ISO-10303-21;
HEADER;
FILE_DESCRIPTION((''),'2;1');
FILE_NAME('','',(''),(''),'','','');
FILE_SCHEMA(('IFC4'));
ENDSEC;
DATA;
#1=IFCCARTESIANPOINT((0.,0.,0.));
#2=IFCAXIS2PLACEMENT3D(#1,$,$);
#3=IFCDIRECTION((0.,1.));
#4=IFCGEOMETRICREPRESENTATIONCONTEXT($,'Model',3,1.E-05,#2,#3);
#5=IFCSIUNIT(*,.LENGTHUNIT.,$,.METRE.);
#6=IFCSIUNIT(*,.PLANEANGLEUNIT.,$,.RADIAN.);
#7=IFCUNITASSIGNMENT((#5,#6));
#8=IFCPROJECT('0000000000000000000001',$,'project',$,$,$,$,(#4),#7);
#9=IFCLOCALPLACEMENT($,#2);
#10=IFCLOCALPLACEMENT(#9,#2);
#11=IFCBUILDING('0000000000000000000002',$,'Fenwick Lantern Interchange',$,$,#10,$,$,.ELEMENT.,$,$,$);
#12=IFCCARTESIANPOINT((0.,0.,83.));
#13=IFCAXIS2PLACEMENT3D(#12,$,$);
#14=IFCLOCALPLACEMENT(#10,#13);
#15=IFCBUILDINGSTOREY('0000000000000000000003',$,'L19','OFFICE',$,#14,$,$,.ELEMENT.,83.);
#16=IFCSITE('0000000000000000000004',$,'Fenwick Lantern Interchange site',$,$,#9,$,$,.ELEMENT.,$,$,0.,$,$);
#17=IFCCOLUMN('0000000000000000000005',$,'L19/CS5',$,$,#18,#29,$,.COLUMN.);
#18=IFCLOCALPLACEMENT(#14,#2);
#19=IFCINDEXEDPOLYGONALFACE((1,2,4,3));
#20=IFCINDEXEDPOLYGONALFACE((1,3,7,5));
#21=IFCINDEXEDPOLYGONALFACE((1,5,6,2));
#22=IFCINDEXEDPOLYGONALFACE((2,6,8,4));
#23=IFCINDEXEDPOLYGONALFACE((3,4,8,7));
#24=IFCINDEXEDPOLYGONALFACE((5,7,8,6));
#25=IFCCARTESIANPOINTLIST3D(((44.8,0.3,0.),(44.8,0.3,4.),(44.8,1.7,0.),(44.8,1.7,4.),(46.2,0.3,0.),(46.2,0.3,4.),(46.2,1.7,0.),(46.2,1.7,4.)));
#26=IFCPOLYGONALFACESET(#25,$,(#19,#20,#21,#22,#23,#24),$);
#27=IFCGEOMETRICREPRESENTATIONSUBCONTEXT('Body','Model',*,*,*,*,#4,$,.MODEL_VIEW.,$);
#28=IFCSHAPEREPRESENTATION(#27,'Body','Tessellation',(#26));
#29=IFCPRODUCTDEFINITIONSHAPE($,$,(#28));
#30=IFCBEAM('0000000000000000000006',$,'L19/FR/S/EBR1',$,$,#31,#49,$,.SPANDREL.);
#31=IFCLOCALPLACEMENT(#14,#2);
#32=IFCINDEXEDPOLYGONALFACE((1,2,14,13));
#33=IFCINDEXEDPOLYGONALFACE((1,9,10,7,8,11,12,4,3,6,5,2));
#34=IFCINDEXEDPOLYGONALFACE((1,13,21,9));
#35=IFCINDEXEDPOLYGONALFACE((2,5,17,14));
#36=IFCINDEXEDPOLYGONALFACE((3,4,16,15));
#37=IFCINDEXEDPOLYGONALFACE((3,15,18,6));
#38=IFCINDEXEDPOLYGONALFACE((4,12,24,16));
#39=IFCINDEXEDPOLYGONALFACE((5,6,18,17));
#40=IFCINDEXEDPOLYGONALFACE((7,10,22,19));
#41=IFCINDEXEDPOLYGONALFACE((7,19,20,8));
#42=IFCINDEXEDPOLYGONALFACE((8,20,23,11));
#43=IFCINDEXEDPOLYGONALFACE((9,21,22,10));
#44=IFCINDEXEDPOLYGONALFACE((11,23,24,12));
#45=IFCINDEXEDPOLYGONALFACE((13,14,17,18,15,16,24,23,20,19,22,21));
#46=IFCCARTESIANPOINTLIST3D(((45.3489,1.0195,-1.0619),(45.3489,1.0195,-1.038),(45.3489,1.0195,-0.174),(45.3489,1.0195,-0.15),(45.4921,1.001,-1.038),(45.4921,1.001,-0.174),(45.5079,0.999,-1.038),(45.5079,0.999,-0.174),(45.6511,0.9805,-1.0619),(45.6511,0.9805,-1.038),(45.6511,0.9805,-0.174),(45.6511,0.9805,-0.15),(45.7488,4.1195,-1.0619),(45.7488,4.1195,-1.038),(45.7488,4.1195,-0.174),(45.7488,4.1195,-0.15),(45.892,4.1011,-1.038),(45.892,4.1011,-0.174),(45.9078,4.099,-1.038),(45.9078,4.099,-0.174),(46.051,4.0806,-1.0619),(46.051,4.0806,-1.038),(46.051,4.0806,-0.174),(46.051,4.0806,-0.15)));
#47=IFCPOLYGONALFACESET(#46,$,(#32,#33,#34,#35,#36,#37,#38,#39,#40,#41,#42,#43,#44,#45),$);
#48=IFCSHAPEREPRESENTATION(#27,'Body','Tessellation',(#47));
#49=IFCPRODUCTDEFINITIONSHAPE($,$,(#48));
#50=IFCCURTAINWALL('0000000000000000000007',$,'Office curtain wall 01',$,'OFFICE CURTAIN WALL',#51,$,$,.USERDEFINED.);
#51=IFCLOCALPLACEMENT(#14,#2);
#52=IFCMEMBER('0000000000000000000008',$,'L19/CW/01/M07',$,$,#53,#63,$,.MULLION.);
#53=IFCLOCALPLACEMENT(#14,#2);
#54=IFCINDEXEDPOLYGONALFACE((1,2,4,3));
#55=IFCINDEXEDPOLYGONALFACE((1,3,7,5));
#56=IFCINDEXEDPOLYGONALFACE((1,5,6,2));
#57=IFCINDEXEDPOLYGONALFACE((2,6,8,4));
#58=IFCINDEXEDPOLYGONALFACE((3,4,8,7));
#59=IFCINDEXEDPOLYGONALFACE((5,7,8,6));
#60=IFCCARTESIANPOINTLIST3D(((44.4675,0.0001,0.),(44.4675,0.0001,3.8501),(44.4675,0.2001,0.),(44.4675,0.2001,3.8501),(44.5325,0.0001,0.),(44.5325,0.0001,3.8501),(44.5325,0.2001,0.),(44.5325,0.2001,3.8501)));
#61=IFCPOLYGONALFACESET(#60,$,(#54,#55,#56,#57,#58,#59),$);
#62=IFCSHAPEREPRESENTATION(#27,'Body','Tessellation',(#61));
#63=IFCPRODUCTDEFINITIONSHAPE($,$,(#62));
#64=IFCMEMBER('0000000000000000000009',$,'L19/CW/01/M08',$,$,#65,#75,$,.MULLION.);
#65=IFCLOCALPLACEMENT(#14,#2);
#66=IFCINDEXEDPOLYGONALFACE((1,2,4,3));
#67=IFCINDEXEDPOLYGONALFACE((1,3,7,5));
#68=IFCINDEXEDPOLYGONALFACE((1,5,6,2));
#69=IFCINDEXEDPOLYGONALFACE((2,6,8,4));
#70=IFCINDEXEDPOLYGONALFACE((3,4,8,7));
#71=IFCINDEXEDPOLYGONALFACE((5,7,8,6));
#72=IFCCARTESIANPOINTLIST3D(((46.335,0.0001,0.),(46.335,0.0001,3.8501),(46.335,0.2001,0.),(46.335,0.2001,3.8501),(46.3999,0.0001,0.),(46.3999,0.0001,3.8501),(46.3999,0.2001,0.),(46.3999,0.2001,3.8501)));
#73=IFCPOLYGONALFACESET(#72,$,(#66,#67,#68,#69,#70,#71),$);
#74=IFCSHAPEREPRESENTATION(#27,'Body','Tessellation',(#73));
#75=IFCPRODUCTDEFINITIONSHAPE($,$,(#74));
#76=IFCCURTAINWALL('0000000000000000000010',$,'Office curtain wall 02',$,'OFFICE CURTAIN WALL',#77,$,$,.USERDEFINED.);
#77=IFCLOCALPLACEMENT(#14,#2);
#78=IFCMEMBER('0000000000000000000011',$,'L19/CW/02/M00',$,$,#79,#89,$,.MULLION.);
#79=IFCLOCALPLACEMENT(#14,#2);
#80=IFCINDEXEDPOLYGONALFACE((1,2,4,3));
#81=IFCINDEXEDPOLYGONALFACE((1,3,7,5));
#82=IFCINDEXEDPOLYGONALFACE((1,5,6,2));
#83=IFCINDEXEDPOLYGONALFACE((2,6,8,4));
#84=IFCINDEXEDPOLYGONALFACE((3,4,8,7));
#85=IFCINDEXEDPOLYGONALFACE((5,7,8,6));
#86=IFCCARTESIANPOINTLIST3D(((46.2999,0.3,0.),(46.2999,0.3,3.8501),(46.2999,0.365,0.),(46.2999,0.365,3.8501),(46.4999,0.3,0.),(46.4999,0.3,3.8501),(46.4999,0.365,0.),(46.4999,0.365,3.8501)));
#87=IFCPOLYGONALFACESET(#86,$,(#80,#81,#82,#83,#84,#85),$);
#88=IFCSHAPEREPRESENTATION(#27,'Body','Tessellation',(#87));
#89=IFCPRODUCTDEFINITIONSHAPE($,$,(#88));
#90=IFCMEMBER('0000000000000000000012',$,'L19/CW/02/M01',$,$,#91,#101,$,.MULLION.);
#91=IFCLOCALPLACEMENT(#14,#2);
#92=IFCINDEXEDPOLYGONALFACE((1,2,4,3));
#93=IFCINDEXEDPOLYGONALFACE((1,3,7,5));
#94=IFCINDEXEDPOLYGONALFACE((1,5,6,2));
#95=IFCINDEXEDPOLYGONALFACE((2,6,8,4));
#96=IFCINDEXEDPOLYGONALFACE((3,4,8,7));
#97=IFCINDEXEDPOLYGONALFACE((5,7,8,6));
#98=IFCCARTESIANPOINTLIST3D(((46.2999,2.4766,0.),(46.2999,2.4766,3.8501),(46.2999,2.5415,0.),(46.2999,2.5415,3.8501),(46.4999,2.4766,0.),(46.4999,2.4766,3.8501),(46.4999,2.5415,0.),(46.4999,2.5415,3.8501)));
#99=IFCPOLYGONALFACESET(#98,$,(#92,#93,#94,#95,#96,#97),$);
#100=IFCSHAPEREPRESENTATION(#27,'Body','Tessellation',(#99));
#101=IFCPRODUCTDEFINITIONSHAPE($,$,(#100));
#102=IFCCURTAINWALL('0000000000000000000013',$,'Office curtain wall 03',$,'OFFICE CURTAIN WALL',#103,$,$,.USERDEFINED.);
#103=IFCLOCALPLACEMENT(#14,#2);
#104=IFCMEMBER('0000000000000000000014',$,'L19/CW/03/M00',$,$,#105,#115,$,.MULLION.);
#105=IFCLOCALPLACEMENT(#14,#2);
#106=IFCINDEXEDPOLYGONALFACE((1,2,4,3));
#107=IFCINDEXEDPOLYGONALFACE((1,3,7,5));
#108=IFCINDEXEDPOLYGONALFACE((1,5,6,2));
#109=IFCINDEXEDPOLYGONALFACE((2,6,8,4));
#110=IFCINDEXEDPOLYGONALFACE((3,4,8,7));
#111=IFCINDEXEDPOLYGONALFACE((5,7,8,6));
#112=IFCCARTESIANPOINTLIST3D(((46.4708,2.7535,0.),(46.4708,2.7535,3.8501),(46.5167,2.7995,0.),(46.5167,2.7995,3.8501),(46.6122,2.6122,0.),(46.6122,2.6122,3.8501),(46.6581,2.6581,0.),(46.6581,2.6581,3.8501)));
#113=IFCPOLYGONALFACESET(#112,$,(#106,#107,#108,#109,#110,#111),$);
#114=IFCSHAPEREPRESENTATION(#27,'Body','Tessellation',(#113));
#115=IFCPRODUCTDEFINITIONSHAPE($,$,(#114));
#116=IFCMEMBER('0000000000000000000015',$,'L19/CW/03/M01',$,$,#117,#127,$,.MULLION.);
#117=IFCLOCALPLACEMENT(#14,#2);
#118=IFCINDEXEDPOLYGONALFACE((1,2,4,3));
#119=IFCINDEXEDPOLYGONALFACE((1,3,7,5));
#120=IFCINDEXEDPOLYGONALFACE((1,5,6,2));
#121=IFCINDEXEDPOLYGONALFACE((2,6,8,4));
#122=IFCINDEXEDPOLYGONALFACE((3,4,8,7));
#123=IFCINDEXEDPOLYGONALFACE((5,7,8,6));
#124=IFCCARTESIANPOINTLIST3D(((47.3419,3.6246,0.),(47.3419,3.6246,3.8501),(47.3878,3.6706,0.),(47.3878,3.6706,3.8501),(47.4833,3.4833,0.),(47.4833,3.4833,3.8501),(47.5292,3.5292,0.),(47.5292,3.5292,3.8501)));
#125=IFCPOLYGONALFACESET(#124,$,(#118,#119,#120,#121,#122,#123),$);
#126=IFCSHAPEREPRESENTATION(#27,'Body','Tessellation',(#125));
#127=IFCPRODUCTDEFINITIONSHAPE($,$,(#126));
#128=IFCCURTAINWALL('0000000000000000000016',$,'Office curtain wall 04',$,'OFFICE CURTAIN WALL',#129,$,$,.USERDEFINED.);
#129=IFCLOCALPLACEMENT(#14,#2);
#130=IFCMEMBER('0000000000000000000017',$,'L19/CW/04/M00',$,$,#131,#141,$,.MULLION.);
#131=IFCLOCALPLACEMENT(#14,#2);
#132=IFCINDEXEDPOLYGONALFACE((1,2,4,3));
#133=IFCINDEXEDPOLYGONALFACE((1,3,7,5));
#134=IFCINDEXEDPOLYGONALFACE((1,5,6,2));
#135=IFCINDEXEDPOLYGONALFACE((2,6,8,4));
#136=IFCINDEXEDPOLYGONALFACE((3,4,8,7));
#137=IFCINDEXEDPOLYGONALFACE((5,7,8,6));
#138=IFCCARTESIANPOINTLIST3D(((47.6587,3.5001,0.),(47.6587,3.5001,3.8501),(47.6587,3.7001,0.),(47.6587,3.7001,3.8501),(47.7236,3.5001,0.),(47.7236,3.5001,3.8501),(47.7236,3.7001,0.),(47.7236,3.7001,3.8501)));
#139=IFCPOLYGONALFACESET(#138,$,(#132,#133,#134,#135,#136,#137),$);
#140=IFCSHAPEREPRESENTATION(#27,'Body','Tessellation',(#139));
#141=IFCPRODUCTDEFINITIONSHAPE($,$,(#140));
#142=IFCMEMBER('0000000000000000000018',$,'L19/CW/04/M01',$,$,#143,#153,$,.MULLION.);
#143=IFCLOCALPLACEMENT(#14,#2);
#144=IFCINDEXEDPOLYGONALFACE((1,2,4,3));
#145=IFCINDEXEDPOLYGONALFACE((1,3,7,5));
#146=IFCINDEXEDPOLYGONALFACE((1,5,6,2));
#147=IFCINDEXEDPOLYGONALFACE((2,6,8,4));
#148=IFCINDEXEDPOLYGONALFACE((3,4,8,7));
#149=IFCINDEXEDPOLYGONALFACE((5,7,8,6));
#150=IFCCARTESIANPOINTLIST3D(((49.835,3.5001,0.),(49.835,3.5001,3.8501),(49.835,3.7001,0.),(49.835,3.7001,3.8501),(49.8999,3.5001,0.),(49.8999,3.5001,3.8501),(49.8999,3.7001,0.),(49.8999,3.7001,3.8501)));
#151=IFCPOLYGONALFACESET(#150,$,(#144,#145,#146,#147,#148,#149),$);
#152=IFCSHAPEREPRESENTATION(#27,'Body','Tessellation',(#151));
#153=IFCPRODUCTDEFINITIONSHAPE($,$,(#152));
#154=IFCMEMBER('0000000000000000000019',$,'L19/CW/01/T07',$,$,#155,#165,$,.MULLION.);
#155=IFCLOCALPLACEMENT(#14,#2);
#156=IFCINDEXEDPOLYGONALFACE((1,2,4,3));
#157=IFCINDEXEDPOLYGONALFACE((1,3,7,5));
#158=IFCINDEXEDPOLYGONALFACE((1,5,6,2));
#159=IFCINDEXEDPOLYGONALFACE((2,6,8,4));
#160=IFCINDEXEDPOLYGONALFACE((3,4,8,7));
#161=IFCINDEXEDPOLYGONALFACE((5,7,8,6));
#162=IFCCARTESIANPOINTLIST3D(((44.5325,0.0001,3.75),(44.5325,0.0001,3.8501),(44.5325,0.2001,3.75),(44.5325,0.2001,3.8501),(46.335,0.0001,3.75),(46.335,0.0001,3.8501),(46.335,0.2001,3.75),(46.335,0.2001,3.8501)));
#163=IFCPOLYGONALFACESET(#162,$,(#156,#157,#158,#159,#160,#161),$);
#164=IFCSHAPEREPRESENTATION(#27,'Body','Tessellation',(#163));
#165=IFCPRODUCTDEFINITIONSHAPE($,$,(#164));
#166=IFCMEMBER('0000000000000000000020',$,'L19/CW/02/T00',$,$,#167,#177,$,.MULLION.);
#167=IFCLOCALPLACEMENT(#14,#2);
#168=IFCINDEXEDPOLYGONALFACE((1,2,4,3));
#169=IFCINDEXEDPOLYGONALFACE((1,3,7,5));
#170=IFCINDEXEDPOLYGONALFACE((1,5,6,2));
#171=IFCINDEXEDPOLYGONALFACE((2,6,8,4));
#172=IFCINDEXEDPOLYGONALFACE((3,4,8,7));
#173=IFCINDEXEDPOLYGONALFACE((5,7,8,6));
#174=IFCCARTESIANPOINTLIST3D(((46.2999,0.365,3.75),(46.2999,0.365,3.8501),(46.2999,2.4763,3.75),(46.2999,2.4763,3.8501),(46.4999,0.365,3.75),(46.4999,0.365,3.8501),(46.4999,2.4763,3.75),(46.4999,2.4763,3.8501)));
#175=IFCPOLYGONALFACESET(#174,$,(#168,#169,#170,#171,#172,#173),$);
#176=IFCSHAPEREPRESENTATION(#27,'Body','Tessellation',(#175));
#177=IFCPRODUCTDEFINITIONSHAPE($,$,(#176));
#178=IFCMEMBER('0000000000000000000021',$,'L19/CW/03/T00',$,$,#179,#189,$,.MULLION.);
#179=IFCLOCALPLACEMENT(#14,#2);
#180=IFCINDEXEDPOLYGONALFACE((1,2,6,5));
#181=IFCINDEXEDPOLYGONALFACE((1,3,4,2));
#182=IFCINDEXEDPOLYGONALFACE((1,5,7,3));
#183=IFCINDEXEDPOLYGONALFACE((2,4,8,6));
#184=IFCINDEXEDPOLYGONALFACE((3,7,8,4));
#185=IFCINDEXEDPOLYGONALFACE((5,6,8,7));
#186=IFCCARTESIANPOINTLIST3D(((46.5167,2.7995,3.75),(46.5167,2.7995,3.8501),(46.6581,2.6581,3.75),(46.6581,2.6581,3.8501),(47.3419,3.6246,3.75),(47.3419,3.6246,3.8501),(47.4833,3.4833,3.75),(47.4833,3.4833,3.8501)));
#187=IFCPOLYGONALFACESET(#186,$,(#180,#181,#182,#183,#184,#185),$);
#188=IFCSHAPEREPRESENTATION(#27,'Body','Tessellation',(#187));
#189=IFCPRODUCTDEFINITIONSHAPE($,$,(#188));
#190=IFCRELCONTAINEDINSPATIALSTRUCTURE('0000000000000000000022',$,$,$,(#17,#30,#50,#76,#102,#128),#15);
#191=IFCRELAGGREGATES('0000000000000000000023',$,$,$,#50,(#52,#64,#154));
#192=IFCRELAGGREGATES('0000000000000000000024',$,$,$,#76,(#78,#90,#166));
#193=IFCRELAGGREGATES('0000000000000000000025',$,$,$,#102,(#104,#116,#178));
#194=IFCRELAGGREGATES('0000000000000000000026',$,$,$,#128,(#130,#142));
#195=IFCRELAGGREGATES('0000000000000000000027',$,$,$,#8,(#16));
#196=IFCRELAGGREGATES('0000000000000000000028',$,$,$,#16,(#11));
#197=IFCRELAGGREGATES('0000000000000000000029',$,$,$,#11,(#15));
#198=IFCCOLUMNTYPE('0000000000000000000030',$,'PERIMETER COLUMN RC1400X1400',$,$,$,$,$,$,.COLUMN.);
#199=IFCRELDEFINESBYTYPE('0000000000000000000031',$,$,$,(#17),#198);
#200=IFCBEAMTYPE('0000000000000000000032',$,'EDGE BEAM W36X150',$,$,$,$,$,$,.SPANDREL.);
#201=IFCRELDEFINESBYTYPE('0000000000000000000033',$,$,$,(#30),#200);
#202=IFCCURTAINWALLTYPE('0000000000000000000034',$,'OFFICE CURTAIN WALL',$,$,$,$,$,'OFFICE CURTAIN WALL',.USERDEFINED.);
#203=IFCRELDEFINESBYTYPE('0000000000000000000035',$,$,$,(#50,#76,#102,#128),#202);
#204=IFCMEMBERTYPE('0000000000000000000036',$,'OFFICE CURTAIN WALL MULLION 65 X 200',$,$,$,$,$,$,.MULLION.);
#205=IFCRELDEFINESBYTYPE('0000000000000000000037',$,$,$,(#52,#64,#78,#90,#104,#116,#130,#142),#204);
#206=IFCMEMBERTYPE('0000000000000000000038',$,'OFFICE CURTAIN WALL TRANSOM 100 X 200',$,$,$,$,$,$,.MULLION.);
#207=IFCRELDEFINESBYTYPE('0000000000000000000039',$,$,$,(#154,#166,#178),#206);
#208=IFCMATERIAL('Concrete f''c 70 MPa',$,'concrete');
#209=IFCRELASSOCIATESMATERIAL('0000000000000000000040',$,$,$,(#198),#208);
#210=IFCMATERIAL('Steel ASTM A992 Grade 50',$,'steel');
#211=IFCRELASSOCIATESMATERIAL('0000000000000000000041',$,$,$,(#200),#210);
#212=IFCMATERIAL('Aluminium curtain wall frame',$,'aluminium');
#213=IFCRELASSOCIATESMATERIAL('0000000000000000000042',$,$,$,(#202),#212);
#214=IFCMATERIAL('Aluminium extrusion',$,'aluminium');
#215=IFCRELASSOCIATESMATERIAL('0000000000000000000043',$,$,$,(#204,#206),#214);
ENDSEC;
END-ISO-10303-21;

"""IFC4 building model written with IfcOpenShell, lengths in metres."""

from ifc_helpers import new_model, si_unit, direction, frame, origin, origin_2d, place, context, subcontext, project, spatial, rectangle, i_section, extrude, material, material_profile, profile_set, type_object, element, aggregate, save


model = new_model("IFC4")

# Units and contexts
model_context = context("Model", 3, precision=1e-05, world=origin(), true_north=direction((0.0, 1.0)))
body_context = subcontext(model_context, "Body", "Model", "MODEL_VIEW")
ifc_project = project(units=[si_unit("LENGTHUNIT", "METRE"), si_unit("PLANEANGLEUNIT", "RADIAN")], contexts=[model_context])

# Site, building, storey
site_placement = place(None, origin())
site = spatial("IfcSite", under=ifc_project, at=site_placement, Name="Fenwick Lantern Interchange site", CompositionType="ELEMENT", RefElevation=0.0)
building_placement = place(site_placement, origin())
building = spatial("IfcBuilding", under=site, at=building_placement, Name="Fenwick Lantern Interchange", CompositionType="ELEMENT")
storey_placement = place(building_placement, frame((0.0, 0.0, 83.0)))
storey = spatial("IfcBuildingStorey", under=building, at=storey_placement, Name="L19", Description="OFFICE", CompositionType="ELEMENT", Elevation=83.0)

# Column
ifc_material_1 = material(Name="Concrete f'c 70 MPa", Category="concrete")
ifc_material_profile_1 = material_profile(ifc_material_1, rectangle(XDim=1.3999, YDim=1.3999, at=origin_2d()), Name="RC1400X1400")
ifc_profile_set_1 = profile_set([ifc_material_profile_1], Name="Concrete f'c 70 MPa")
column_type = type_object("IfcColumnType", Name="PERIMETER COLUMN RC1400X1400", PredefinedType="COLUMN", material=ifc_profile_set_1)
column_placement = place(storey_placement, frame((45.5, 1.0, 0.0), z_axis=(0.0, 0.0, 1.0), x_axis=(1.0, 0.0, 0.0)))
element("IfcColumn", 1, at=column_placement, inside=storey, type_object=column_type, Name="L19/CS5", PredefinedType="COLUMN", context=body_context, shape_type="SweptSolid", body=[
    extrude(rectangle(XDim=1.3999, YDim=1.3999, at=origin_2d()), origin(), (0.0, 0.0, 1.0), 4.0),
])

# Beam
ifc_material_2 = material(Name="Steel ASTM A992 Grade 50", Category="steel")
ifc_material_profile_2 = material_profile(ifc_material_2, i_section(OverallWidth=0.3047, OverallDepth=0.9119, WebThickness=0.0159, FlangeThickness=0.0239, at=origin_2d()), Name="W36X150")
ifc_profile_set_2 = profile_set([ifc_material_profile_2], Name="Steel ASTM A992 Grade 50")
beam_type = type_object("IfcBeamType", Name="EDGE BEAM W36X150", PredefinedType="SPANDREL", material=ifc_profile_set_2)
beam_placement = place(storey_placement, frame((45.5, 1.0, -0.606), z_axis=(0.127937, 0.991782, 0.0), x_axis=(-0.991782, 0.127937, 0.0)))
element("IfcBeam", 2, at=beam_placement, inside=storey, type_object=beam_type, Name="L19/FR/S/EBR1", PredefinedType="SPANDREL", context=body_context, shape_type="SweptSolid", body=[
    extrude(i_section(OverallWidth=0.3047, OverallDepth=0.9119, WebThickness=0.0159, FlangeThickness=0.0239, at=origin_2d()), origin(), (0.0, 0.0, 1.0), 3.1257),
])

# Curtain walls, members
ifc_material_3 = material(Name="Aluminium curtain wall frame", Category="aluminium")
curtain_wall_type = type_object("IfcCurtainWallType", Name="OFFICE CURTAIN WALL", ElementType="OFFICE CURTAIN WALL", PredefinedType="USERDEFINED", material=ifc_material_3)
curtain_wall_1_placement = place(storey_placement, origin())
curtain_wall_1 = element("IfcCurtainWall", 3, at=curtain_wall_1_placement, inside=storey, type_object=curtain_wall_type, Name="Office curtain wall 01", ObjectType="OFFICE CURTAIN WALL", PredefinedType="USERDEFINED")
ifc_material_4 = material(Name="Aluminium extrusion", Category="aluminium")
ifc_material_profile_3 = material_profile(ifc_material_4, rectangle(XDim=0.2, YDim=0.0649, at=origin_2d()), Name="OFFICE CURTAIN WALL MULLION 65 X 200")
ifc_profile_set_3 = profile_set([ifc_material_profile_3], Name="Aluminium extrusion")
member_type_1 = type_object("IfcMemberType", Name="OFFICE CURTAIN WALL MULLION 65 X 200", PredefinedType="MULLION", material=ifc_profile_set_3)
member_1_placement = place(storey_placement, frame((44.5, 0.1001, 0.0), z_axis=(0.0, 0.0, 1.0), x_axis=(0.0, 1.0, 0.0)))
member_1 = element("IfcMember", 4, at=member_1_placement, type_object=member_type_1, Name="L19/CW/01/M07", PredefinedType="MULLION", context=body_context, shape_type="SweptSolid", body=[
    extrude(rectangle(XDim=0.2, YDim=0.0649, at=origin_2d()), origin(), (0.0, 0.0, 1.0), 3.8501),
])
member_2_placement = place(storey_placement, frame((46.3674, 0.1001, 0.0), z_axis=(0.0, 0.0, 1.0), x_axis=(0.0, 1.0, 0.0)))
member_2 = element("IfcMember", 5, at=member_2_placement, type_object=member_type_1, Name="L19/CW/01/M08", PredefinedType="MULLION", context=body_context, shape_type="SweptSolid", body=[
    extrude(rectangle(XDim=0.2, YDim=0.0649, at=origin_2d()), origin(), (0.0, 0.0, 1.0), 3.8501),
])
curtain_wall_2_placement = place(storey_placement, origin())
curtain_wall_2 = element("IfcCurtainWall", 6, at=curtain_wall_2_placement, inside=storey, type_object=curtain_wall_type, Name="Office curtain wall 02", ObjectType="OFFICE CURTAIN WALL", PredefinedType="USERDEFINED")
member_3_placement = place(storey_placement, frame((46.3999, 0.3325, 0.0), z_axis=(0.0, 0.0, 1.0), x_axis=(-1.0, 0.0, 0.0)))
member_3 = element("IfcMember", 7, at=member_3_placement, type_object=member_type_1, Name="L19/CW/02/M00", PredefinedType="MULLION", context=body_context, shape_type="SweptSolid", body=[
    extrude(rectangle(XDim=0.2, YDim=0.0649, at=origin_2d()), origin(), (0.0, 0.0, 1.0), 3.8501),
])
member_4_placement = place(storey_placement, frame((46.3999, 2.509, 0.0), z_axis=(0.0, 0.0, 1.0), x_axis=(-1.0, 0.0, 0.0)))
member_4 = element("IfcMember", 8, at=member_4_placement, type_object=member_type_1, Name="L19/CW/02/M01", PredefinedType="MULLION", context=body_context, shape_type="SweptSolid", body=[
    extrude(rectangle(XDim=0.2, YDim=0.0649, at=origin_2d()), origin(), (0.0, 0.0, 1.0), 3.8501),
])
curtain_wall_3_placement = place(storey_placement, origin())
curtain_wall_3 = element("IfcCurtainWall", 9, at=curtain_wall_3_placement, inside=storey, type_object=curtain_wall_type, Name="Office curtain wall 03", ObjectType="OFFICE CURTAIN WALL", PredefinedType="USERDEFINED")
member_5_placement = place(storey_placement, frame((46.5645, 2.7058, 0.0), z_axis=(0.0, 0.0, 1.0), x_axis=(-0.707107, 0.707107, 0.0)))
member_5 = element("IfcMember", 10, at=member_5_placement, type_object=member_type_1, Name="L19/CW/03/M00", PredefinedType="MULLION", context=body_context, shape_type="SweptSolid", body=[
    extrude(rectangle(XDim=0.2, YDim=0.0649, at=origin_2d()), origin(), (0.0, 0.0, 1.0), 3.8501),
])
member_6_placement = place(storey_placement, frame((47.4355, 3.5769, 0.0), z_axis=(0.0, 0.0, 1.0), x_axis=(-0.707107, 0.707107, 0.0)))
member_6 = element("IfcMember", 11, at=member_6_placement, type_object=member_type_1, Name="L19/CW/03/M01", PredefinedType="MULLION", context=body_context, shape_type="SweptSolid", body=[
    extrude(rectangle(XDim=0.2, YDim=0.0649, at=origin_2d()), origin(), (0.0, 0.0, 1.0), 3.8501),
])
curtain_wall_4_placement = place(storey_placement, origin())
curtain_wall_4 = element("IfcCurtainWall", 12, at=curtain_wall_4_placement, inside=storey, type_object=curtain_wall_type, Name="Office curtain wall 04", ObjectType="OFFICE CURTAIN WALL", PredefinedType="USERDEFINED")
member_7_placement = place(storey_placement, frame((47.6912, 3.6001, 0.0), z_axis=(0.0, 0.0, 1.0), x_axis=(0.0, 1.0, 0.0)))
member_7 = element("IfcMember", 13, at=member_7_placement, type_object=member_type_1, Name="L19/CW/04/M00", PredefinedType="MULLION", context=body_context, shape_type="SweptSolid", body=[
    extrude(rectangle(XDim=0.2, YDim=0.0649, at=origin_2d()), origin(), (0.0, 0.0, 1.0), 3.8501),
])
member_8_placement = place(storey_placement, frame((49.8674, 3.6001, 0.0), z_axis=(0.0, 0.0, 1.0), x_axis=(0.0, 1.0, 0.0)))
member_8 = element("IfcMember", 14, at=member_8_placement, type_object=member_type_1, Name="L19/CW/04/M01", PredefinedType="MULLION", context=body_context, shape_type="SweptSolid", body=[
    extrude(rectangle(XDim=0.2, YDim=0.0649, at=origin_2d()), origin(), (0.0, 0.0, 1.0), 3.8501),
])

# Members
ifc_material_profile_4 = material_profile(ifc_material_4, rectangle(XDim=0.2, YDim=0.1001, at=origin_2d()), Name="OFFICE CURTAIN WALL TRANSOM 100 X 200")
ifc_profile_set_4 = profile_set([ifc_material_profile_4], Name="Aluminium extrusion")
member_type_2 = type_object("IfcMemberType", Name="OFFICE CURTAIN WALL TRANSOM 100 X 200", PredefinedType="MULLION", material=ifc_profile_set_4)
member_9_placement = place(storey_placement, frame((44.5325, 0.1001, 3.8), z_axis=(1.0, 0.0, 0.0), x_axis=(0.0, 1.0, 0.0)))
member_9 = element("IfcMember", 15, at=member_9_placement, type_object=member_type_2, Name="L19/CW/01/T07", PredefinedType="MULLION", context=body_context, shape_type="SweptSolid", body=[
    extrude(rectangle(XDim=0.2, YDim=0.1001, at=origin_2d()), origin(), (0.0, 0.0, 1.0), 1.8025),
])
aggregate(curtain_wall_1, [member_1, member_2, member_9])
member_10_placement = place(storey_placement, frame((46.3999, 0.365, 3.8), z_axis=(0.0, 1.0, 0.0), x_axis=(-1.0, 0.0, 0.0)))
member_10 = element("IfcMember", 16, at=member_10_placement, type_object=member_type_2, Name="L19/CW/02/T00", PredefinedType="MULLION", context=body_context, shape_type="SweptSolid", body=[
    extrude(rectangle(XDim=0.2, YDim=0.1001, at=origin_2d()), origin(), (0.0, 0.0, 1.0), 2.1113),
])
member_11_placement = place(storey_placement, frame((46.5874, 2.7288, 3.8), z_axis=(0.707107, 0.707107, 0.0), x_axis=(-0.707107, 0.707107, 0.0)))
member_11 = element("IfcMember", 17, at=member_11_placement, type_object=member_type_2, Name="L19/CW/03/T00", PredefinedType="MULLION", context=body_context, shape_type="SweptSolid", body=[
    extrude(rectangle(XDim=0.2, YDim=0.1001, at=origin_2d()), origin(), (0.0, 0.0, 1.0), 1.167),
])

aggregate(curtain_wall_2, [member_3, member_4, member_10])
aggregate(curtain_wall_3, [member_5, member_6, member_11])
aggregate(curtain_wall_4, [member_7, member_8])

save(model, "model.ifc")
